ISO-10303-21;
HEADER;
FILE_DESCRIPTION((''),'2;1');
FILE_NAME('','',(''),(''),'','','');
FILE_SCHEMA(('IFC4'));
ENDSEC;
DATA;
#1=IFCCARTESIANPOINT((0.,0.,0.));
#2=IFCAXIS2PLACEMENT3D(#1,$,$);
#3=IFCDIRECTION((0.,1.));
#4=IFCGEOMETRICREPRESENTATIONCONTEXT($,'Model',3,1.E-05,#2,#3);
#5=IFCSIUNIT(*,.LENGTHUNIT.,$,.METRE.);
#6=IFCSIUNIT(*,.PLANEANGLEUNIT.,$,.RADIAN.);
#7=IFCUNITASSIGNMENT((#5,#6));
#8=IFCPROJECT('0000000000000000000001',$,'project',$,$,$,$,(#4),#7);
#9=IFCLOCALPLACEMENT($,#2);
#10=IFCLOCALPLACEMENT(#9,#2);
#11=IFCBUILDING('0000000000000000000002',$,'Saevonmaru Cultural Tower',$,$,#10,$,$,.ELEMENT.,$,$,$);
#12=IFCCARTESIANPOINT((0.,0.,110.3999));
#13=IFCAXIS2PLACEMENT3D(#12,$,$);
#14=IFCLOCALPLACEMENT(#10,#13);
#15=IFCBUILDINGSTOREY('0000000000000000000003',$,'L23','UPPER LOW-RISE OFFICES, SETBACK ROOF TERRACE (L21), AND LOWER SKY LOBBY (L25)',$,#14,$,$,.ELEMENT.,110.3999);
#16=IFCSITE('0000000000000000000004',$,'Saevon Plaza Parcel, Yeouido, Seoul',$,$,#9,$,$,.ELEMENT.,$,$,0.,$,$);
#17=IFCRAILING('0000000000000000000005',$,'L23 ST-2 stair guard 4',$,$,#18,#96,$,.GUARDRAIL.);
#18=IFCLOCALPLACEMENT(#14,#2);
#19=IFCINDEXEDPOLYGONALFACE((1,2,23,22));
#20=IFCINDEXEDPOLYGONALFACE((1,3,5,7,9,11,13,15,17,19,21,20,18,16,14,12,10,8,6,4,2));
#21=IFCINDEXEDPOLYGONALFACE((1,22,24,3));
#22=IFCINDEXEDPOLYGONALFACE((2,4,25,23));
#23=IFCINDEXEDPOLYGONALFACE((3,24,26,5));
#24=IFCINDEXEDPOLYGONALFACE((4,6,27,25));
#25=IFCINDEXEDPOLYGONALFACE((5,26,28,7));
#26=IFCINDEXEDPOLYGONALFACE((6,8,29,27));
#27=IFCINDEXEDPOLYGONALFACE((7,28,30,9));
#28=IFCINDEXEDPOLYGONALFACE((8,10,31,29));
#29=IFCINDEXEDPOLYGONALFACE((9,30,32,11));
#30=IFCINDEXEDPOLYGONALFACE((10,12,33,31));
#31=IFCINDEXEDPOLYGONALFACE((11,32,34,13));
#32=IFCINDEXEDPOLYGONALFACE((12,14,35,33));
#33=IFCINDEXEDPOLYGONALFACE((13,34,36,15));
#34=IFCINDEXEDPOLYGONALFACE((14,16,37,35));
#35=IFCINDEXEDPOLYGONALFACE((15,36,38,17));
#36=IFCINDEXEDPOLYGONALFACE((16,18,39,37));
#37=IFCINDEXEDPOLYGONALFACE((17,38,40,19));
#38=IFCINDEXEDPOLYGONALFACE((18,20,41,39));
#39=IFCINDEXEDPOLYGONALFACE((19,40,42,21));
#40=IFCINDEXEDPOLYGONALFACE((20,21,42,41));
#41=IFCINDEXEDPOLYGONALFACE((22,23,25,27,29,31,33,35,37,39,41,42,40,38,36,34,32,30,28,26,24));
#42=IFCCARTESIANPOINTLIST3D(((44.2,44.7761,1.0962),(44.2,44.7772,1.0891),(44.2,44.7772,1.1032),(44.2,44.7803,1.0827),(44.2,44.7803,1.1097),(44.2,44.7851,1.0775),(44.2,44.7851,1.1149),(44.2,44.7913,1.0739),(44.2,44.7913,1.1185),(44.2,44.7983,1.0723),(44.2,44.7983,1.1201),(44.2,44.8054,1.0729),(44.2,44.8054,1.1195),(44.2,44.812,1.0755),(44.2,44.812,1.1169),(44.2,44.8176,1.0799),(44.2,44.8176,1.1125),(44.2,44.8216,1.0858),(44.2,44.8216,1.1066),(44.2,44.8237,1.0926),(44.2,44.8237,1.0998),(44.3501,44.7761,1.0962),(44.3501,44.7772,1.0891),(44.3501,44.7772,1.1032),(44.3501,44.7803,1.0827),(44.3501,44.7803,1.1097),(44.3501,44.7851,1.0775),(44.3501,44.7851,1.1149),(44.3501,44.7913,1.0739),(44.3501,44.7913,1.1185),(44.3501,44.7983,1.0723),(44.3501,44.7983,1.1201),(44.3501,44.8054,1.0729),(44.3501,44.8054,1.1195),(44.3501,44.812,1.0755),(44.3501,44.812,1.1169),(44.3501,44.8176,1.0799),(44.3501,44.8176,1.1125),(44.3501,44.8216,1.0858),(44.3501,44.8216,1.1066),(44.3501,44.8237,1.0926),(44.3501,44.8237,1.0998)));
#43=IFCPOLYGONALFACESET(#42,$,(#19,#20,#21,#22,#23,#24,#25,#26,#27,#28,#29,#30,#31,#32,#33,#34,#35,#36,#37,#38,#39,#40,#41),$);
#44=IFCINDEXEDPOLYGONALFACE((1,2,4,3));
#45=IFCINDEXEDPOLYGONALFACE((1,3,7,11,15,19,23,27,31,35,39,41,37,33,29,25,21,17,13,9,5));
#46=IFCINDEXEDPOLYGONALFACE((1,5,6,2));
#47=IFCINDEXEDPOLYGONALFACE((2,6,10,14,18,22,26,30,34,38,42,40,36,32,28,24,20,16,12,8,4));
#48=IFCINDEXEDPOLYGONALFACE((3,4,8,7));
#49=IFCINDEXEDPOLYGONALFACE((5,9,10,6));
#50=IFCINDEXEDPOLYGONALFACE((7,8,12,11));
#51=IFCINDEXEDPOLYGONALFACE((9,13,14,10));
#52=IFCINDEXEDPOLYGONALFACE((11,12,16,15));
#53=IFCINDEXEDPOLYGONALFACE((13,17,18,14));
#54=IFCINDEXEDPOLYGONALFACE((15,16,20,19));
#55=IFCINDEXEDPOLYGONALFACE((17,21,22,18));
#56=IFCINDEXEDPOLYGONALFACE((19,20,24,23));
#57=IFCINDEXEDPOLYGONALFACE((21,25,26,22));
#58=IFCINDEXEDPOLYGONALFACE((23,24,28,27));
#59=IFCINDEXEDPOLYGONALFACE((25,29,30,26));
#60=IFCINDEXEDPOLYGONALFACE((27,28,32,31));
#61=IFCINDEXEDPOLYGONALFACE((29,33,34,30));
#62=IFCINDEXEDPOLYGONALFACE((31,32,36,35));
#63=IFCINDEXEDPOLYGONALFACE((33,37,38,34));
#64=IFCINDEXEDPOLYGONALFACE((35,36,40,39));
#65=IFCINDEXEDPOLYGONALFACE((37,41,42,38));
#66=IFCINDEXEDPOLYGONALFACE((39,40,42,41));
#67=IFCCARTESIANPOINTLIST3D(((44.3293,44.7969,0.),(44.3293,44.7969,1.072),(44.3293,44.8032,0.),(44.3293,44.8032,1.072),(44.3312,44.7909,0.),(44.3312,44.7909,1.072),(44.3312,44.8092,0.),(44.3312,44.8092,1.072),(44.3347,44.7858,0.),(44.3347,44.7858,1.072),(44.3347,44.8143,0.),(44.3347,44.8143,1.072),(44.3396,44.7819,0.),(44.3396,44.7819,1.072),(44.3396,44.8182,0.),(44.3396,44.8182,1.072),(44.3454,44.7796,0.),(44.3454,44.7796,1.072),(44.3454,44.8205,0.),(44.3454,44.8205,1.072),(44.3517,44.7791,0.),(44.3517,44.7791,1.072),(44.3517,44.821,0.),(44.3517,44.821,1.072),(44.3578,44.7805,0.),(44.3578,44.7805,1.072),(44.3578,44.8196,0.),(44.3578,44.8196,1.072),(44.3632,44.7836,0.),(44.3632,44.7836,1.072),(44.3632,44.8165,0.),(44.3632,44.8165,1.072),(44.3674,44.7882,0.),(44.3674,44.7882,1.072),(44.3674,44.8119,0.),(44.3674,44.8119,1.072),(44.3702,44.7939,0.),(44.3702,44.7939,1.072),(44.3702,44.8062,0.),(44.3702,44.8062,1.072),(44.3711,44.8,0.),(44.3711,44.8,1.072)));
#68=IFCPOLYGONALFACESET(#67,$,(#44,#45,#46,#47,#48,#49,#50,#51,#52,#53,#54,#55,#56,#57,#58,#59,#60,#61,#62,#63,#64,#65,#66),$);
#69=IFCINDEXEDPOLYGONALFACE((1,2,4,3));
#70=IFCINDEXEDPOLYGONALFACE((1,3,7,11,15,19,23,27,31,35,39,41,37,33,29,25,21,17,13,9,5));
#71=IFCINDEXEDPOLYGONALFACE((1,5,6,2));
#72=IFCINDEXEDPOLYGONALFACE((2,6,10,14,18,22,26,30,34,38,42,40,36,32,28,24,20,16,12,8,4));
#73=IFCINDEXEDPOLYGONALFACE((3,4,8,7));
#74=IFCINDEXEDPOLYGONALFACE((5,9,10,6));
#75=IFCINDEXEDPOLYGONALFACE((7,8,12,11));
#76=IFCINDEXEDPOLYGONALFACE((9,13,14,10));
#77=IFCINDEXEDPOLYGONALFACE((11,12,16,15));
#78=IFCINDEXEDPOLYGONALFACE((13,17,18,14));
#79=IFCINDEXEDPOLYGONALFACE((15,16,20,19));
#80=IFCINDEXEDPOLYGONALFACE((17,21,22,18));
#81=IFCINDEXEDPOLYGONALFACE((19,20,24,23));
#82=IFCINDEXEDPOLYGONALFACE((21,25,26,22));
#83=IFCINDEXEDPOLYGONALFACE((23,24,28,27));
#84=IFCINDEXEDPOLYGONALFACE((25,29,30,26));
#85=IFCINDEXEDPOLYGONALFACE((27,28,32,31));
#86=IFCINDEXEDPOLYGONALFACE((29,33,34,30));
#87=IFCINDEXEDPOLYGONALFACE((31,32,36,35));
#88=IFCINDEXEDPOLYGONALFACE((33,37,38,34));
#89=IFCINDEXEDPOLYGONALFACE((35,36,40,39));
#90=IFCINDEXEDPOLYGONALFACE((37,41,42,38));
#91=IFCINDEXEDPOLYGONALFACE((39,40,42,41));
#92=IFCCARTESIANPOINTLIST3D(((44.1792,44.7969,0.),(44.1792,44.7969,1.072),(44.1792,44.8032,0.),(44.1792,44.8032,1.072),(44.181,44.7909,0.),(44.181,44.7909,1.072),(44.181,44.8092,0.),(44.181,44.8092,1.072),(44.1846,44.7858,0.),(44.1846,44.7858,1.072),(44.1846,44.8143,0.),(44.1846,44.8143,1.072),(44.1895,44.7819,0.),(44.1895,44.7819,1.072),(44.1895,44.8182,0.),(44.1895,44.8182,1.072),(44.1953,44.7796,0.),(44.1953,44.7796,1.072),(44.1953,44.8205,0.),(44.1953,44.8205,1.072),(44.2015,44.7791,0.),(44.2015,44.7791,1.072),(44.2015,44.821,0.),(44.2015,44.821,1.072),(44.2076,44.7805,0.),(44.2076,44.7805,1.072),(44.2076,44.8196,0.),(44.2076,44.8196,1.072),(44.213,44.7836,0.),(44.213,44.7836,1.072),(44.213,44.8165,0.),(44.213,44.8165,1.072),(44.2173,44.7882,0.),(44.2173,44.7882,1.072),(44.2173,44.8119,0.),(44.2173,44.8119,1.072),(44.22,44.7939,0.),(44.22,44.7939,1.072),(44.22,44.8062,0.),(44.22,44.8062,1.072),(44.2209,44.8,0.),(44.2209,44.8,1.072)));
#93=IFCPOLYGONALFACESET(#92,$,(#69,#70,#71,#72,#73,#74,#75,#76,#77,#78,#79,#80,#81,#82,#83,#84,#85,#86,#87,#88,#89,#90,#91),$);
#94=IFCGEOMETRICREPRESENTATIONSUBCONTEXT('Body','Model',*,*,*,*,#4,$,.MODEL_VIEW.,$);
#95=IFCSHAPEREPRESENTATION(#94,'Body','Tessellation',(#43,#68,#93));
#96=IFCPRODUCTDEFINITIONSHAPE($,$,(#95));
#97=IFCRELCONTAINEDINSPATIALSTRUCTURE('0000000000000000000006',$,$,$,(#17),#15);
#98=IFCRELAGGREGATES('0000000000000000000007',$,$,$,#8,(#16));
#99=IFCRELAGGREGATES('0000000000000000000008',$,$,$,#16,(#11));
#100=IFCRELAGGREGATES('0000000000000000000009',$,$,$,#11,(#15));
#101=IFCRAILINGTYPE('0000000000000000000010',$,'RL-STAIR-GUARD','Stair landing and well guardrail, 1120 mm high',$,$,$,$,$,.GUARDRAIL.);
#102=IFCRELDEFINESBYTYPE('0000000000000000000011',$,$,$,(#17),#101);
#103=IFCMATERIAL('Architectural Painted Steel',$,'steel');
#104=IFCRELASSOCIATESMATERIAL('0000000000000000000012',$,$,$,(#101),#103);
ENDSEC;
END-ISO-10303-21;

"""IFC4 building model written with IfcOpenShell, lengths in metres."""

from ifc_helpers import new_model, si_unit, direction, frame, origin, origin_2d, place, context, subcontext, project, spatial, circle, extrude, material, type_object, element, save


model = new_model("IFC4")

# Units and contexts
model_context = context("Model", 3, precision=1e-05, world=origin(), true_north=direction((0.0, 1.0)))
body_context = subcontext(model_context, "Body", "Model", "MODEL_VIEW")
ifc_project = project(units=[si_unit("LENGTHUNIT", "METRE"), si_unit("PLANEANGLEUNIT", "RADIAN")], contexts=[model_context])

# Site, building, storey
site_placement = place(None, origin())
site = spatial("IfcSite", under=ifc_project, at=site_placement, Name="Saevon Plaza Parcel, Yeouido, Seoul", CompositionType="ELEMENT", RefElevation=0.0)
building_placement = place(site_placement, origin())
building = spatial("IfcBuilding", under=site, at=building_placement, Name="Saevonmaru Cultural Tower", CompositionType="ELEMENT")
storey_placement = place(building_placement, frame((0.0, 0.0, 110.3999)))
storey = spatial("IfcBuildingStorey", under=building, at=storey_placement, Name="L23", Description="UPPER LOW-RISE OFFICES, SETBACK ROOF TERRACE (L21), AND LOWER SKY LOBBY (L25)", CompositionType="ELEMENT", Elevation=110.3999)

# Railing
ifc_material_1 = material(Name="Architectural Painted Steel", Category="steel")
railing_type_1 = type_object("IfcRailingType", Name="RL-STAIR-GUARD", Description="Stair landing and well guardrail, 1120 mm high", PredefinedType="GUARDRAIL", material=ifc_material_1)
railing_1_placement = place(storey_placement, frame((44.3501, 44.8, 0.0)))
element("IfcRailing", 1, at=railing_1_placement, inside=storey, type_object=railing_type_1, Name="L23 ST-2 stair guard 4", PredefinedType="GUARDRAIL", context=body_context, shape_type="SweptSolid", body=[
    extrude(circle(Radius=0.0239, at=origin_2d()), frame((0.0, 0.0, 1.0962), z_axis=(-1.0, 0.0, 0.0), x_axis=(0.0, -1.0, 0.0)), (0.0, 0.0, 1.0), 0.1501),
    extrude(circle(Radius=0.021, at=origin_2d()), origin(), (0.0, 0.0, 1.0), 1.072),
    extrude(circle(Radius=0.021, at=origin_2d()), frame((-0.1501, 0.0, 0.0)), (0.0, 0.0, 1.0), 1.072),
])

save(model, "model.ifc")
